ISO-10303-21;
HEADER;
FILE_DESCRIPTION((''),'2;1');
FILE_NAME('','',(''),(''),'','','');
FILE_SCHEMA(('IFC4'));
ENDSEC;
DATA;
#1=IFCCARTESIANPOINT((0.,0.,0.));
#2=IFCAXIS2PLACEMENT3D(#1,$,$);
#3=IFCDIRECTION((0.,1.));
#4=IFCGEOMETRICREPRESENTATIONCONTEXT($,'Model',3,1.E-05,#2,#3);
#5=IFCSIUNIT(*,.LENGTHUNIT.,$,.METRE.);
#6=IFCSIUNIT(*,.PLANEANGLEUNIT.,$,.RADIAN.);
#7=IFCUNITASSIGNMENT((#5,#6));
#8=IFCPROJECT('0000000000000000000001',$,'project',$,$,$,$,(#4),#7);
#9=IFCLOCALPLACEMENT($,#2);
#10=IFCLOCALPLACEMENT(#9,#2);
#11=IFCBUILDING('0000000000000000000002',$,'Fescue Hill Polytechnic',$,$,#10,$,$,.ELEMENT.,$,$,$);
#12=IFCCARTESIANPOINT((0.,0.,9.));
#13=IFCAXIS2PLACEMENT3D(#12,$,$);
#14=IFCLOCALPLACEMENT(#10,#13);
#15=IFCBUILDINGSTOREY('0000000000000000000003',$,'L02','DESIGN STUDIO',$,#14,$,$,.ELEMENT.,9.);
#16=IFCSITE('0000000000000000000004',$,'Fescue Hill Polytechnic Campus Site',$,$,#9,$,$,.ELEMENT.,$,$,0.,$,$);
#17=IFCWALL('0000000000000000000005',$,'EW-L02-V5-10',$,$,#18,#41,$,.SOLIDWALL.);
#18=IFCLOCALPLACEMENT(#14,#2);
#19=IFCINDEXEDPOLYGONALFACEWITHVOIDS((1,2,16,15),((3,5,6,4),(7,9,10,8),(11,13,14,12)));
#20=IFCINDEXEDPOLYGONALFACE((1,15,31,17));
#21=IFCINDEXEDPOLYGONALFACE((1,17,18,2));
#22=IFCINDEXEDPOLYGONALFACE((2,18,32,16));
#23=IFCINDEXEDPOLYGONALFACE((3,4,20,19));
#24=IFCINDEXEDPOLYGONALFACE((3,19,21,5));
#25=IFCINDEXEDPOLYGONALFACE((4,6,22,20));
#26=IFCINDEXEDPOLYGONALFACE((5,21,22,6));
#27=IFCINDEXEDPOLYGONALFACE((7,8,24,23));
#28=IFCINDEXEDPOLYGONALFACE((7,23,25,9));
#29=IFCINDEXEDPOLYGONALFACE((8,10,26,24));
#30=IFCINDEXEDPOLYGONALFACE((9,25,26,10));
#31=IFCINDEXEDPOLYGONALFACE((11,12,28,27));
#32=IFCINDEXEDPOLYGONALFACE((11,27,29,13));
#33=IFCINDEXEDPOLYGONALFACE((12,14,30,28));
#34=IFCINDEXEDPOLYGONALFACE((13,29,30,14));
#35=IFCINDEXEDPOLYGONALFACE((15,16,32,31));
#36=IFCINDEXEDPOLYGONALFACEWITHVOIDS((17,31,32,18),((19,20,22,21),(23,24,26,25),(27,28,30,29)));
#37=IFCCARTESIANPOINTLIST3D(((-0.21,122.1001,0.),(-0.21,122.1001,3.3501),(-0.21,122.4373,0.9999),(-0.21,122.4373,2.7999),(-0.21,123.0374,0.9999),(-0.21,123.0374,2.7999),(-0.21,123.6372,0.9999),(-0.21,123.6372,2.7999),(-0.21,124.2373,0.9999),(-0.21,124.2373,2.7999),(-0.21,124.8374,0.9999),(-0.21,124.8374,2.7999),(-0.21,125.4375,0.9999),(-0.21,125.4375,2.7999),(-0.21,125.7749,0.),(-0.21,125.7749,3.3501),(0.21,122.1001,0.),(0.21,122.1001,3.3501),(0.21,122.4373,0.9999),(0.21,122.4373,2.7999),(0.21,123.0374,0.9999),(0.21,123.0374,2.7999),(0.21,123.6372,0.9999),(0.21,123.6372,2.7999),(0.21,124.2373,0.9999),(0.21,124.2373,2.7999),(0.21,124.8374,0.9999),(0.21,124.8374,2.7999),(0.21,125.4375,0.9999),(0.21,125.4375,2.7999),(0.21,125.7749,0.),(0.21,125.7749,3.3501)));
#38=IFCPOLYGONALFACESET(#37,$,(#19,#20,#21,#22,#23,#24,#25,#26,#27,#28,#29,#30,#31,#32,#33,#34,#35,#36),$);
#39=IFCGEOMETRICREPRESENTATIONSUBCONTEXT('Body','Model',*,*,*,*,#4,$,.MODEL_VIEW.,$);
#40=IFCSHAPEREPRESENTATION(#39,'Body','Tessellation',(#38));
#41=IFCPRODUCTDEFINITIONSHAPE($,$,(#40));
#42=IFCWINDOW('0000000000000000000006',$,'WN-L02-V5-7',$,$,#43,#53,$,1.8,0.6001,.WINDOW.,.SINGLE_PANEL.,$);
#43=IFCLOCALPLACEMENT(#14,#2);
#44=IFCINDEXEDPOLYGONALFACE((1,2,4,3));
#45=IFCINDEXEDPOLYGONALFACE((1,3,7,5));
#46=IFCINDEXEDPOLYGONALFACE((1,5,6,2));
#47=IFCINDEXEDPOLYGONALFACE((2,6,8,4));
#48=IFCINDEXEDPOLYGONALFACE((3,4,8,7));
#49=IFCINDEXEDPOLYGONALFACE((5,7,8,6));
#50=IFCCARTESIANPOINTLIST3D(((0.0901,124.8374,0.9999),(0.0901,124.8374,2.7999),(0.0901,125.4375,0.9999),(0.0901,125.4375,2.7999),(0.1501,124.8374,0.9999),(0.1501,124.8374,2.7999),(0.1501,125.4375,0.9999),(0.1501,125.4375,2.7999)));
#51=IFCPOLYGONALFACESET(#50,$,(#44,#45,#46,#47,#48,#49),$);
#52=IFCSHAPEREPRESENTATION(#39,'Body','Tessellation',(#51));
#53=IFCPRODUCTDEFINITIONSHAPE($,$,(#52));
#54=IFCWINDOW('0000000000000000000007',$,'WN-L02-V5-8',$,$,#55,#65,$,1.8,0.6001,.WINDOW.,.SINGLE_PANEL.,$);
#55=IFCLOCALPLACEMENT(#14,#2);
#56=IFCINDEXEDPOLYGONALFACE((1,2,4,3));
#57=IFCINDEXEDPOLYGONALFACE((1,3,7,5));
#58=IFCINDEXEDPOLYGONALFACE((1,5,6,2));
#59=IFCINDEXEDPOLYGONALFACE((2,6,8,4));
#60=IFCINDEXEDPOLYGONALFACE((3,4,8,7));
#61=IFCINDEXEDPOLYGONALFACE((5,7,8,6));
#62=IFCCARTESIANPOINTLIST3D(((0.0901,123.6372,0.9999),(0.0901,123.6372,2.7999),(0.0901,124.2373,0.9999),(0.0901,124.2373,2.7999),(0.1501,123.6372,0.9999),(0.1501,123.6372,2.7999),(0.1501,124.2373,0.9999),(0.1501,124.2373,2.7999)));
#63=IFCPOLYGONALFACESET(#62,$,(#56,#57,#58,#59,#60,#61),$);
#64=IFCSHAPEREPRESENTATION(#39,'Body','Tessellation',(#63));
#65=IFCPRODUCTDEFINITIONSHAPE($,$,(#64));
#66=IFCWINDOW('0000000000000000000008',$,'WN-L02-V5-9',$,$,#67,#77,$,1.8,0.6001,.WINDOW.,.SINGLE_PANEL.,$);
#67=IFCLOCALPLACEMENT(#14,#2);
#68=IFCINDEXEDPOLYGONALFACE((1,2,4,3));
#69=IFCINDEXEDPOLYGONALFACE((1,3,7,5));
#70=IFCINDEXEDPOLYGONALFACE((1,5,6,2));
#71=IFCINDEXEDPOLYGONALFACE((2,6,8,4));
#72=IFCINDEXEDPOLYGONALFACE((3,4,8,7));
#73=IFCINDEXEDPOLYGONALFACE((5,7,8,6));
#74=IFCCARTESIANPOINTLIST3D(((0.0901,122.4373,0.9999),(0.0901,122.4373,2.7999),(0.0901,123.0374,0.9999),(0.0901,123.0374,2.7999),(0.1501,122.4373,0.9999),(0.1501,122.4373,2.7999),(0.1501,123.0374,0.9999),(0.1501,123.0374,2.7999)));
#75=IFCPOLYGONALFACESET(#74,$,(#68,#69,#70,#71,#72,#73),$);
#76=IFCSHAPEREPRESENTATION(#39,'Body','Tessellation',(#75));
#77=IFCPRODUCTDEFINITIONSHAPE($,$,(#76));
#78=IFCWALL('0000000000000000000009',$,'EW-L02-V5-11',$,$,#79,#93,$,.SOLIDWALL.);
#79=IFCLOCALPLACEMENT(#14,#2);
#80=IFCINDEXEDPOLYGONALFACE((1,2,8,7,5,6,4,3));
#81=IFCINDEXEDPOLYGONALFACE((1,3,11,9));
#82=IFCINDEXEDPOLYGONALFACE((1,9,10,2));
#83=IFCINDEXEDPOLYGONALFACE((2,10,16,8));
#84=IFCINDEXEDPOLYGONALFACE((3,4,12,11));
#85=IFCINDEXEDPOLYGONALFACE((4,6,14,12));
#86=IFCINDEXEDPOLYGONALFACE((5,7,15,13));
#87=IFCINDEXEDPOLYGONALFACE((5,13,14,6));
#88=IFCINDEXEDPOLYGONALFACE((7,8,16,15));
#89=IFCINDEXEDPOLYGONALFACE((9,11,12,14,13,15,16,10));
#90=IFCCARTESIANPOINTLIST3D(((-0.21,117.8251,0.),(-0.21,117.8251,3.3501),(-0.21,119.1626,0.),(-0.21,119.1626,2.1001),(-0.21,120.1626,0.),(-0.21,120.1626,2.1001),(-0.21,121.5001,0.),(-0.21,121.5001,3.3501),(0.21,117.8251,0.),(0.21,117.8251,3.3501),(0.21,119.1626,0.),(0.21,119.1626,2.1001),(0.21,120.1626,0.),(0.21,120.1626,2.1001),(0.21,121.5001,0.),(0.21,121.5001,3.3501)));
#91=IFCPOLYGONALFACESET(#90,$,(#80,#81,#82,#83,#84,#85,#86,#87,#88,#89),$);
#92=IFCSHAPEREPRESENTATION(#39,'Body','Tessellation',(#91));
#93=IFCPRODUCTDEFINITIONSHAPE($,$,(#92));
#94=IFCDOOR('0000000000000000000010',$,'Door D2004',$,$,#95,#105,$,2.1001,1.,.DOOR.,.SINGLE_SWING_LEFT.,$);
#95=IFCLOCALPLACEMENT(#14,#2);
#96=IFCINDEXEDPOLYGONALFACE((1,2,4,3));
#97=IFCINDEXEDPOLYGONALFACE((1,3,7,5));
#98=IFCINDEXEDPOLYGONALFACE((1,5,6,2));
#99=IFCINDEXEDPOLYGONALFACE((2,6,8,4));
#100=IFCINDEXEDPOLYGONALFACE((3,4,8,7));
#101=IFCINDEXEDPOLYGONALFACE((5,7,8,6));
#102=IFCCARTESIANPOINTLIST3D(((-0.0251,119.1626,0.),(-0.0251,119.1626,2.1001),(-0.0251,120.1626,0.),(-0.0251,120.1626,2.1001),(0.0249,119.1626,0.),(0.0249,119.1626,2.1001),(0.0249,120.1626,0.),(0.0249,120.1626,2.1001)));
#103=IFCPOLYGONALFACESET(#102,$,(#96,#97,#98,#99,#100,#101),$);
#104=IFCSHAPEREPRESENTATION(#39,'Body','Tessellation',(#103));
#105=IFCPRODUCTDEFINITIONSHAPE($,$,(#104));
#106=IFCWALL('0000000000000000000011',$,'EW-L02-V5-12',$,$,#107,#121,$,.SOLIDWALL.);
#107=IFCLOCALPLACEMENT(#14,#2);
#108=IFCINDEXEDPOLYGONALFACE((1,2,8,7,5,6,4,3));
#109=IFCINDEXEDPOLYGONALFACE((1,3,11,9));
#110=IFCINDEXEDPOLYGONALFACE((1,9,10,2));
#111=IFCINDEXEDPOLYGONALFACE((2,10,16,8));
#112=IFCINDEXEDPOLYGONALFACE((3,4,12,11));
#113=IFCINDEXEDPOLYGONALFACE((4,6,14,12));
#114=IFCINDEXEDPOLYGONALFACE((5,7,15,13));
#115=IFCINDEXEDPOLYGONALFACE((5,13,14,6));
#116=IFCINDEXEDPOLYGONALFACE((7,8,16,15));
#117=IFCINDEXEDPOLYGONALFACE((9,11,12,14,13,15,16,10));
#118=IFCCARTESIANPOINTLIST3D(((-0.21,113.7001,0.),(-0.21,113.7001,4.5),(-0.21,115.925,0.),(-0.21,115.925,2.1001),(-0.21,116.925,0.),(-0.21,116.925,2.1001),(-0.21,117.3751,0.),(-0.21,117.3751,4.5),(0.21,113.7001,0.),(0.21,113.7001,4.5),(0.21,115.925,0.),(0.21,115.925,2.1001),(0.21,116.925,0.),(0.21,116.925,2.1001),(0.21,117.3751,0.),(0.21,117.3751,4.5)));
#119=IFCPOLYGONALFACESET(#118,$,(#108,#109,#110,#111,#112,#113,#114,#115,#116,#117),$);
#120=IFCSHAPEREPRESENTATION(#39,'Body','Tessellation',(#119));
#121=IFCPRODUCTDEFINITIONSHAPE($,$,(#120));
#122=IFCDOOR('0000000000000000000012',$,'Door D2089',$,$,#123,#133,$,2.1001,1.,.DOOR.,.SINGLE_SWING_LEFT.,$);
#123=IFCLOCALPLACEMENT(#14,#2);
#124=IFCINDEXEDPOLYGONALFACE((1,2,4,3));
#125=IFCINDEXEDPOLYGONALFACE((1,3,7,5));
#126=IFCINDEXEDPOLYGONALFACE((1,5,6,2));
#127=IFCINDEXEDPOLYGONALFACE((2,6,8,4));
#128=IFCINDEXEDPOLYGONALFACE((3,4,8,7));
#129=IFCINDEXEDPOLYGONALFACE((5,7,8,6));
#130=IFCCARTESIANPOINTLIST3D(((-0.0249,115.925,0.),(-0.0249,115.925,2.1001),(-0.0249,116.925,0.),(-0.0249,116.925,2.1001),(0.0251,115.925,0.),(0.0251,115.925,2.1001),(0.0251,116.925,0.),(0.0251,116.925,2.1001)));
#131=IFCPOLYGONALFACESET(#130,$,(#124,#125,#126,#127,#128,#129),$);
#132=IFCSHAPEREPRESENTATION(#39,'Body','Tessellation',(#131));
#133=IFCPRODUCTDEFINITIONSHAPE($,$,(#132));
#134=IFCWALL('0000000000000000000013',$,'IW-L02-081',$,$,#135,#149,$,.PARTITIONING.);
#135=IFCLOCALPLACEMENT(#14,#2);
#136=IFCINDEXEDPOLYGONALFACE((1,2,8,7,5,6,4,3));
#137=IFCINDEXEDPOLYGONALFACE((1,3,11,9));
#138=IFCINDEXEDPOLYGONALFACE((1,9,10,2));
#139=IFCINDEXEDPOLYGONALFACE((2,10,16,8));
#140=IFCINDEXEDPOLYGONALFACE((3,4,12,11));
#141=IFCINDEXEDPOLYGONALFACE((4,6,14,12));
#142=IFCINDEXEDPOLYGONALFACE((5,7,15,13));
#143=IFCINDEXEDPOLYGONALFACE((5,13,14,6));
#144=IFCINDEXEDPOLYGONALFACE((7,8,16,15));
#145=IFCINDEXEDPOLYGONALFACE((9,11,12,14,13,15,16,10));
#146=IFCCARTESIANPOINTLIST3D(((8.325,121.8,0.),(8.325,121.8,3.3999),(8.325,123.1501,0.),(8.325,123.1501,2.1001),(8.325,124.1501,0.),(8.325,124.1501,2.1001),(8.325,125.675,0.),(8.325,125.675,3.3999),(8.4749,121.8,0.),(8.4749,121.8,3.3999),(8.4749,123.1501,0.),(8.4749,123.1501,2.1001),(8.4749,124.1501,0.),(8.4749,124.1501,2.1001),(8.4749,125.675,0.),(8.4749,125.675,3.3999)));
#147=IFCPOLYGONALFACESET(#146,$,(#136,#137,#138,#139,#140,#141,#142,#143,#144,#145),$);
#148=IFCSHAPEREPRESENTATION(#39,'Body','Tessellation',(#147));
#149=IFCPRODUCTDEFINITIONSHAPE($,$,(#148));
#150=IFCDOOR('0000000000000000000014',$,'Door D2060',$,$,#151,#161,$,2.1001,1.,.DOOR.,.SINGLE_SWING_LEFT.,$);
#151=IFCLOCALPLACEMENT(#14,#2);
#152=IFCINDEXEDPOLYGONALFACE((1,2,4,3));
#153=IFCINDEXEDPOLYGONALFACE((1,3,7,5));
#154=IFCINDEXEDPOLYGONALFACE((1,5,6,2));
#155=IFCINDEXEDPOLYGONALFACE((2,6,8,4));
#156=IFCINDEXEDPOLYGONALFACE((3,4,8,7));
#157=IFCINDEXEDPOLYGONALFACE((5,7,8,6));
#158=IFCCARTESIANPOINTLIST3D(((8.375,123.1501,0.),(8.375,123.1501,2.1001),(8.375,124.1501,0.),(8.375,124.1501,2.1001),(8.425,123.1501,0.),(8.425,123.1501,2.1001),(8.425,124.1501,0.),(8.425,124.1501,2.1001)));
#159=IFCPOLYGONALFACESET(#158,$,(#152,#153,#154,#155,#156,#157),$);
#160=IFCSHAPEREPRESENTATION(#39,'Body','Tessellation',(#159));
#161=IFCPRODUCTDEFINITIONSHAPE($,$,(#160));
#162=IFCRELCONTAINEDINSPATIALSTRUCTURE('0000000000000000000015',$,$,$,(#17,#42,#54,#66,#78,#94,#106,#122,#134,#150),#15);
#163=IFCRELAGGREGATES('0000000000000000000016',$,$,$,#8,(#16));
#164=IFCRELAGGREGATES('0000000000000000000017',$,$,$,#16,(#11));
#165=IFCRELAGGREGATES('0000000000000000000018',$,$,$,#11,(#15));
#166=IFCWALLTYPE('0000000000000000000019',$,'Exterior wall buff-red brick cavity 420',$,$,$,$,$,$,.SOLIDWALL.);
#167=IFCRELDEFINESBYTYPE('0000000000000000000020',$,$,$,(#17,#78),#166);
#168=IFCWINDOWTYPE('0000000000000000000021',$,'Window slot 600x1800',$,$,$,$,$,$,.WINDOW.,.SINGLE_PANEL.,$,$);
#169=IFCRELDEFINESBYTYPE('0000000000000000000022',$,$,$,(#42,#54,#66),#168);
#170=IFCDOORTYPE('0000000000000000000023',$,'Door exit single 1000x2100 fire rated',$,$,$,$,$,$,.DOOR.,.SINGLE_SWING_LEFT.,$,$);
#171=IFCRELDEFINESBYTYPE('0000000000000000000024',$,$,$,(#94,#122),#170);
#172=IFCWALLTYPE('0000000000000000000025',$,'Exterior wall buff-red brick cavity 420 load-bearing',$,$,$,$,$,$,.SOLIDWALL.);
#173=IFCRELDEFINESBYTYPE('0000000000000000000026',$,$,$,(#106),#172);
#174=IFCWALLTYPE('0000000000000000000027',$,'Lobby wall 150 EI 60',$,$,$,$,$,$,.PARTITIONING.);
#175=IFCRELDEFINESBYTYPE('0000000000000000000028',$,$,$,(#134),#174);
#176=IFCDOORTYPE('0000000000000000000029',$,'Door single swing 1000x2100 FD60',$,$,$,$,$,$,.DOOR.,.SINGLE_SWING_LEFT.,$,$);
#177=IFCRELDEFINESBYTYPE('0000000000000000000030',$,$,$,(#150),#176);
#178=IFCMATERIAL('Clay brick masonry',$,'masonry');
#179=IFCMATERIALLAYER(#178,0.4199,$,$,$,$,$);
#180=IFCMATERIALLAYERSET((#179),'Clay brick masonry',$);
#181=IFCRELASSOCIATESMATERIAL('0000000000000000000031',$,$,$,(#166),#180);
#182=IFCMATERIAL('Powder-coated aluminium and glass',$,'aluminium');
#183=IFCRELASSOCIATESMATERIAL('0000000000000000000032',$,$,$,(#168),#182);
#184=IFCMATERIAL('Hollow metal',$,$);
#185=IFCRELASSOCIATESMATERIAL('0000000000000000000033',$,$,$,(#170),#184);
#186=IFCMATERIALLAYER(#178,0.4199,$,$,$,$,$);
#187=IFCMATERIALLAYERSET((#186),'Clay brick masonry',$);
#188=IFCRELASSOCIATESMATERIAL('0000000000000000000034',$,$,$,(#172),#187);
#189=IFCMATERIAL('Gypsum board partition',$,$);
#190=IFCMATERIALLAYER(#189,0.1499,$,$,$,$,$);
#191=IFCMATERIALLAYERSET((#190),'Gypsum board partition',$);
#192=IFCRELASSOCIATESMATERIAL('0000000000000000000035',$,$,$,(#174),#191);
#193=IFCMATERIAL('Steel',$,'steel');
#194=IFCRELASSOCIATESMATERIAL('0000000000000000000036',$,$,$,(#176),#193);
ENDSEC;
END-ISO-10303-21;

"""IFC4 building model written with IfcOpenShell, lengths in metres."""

from ifc_helpers import new_model, si_unit, direction, frame, frame_2d, origin, place, context, subcontext, project, spatial, rectangle, extrude, material, layer, layer_set, type_object, element, fill, save


model = new_model("IFC4")

# Units and contexts
model_context = context("Model", 3, precision=1e-05, world=origin(), true_north=direction((0.0, 1.0)))
body_context = subcontext(model_context, "Body", "Model", "MODEL_VIEW")
ifc_project = project(units=[si_unit("LENGTHUNIT", "METRE"), si_unit("PLANEANGLEUNIT", "RADIAN")], contexts=[model_context])

# Site, building, storey
site_placement = place(None, origin())
site = spatial("IfcSite", under=ifc_project, at=site_placement, Name="Fescue Hill Polytechnic Campus Site", CompositionType="ELEMENT", RefElevation=0.0)
building_placement = place(site_placement, origin())
building = spatial("IfcBuilding", under=site, at=building_placement, Name="Fescue Hill Polytechnic", CompositionType="ELEMENT")
storey_placement = place(building_placement, frame((0.0, 0.0, 9.0)))
storey = spatial("IfcBuildingStorey", under=building, at=storey_placement, Name="L02", Description="DESIGN STUDIO", CompositionType="ELEMENT", Elevation=9.0)

# Shared definitions
ifc_material_1 = material(Name="Clay brick masonry", Category="masonry")

# Shared definitions
ifc_material_2 = material(Name="Gypsum board partition")

# Wall, openings, windows
ifc_layer_1 = layer(ifc_material_1, 0.4199)
ifc_layer_set_1 = layer_set([ifc_layer_1], Name="Clay brick masonry")
wall_type_1 = type_object("IfcWallType", Name="Exterior wall buff-red brick cavity 420", PredefinedType="SOLIDWALL", material=ifc_layer_set_1)
wall_1_placement = place(storey_placement, frame((0.0, 125.7749, 0.0), z_axis=(0.0, 0.0, 1.0), x_axis=(0.0, -1.0, 0.0)))
wall_1 = element("IfcWall", 1, at=wall_1_placement, inside=storey, type_object=wall_type_1, Name="EW-L02-V5-10", PredefinedType="SOLIDWALL", context=body_context, shape_type="SweptSolid", body=[
    extrude(rectangle(XDim=3.6748, YDim=0.4199, at=frame_2d((1.8374, 0.0))), origin(), (0.0, 0.0, 1.0), 3.3501),
])
opening_1_placement = place(wall_1_placement, frame((0.3374, 0.0, 1.0)))
opening_1 = element("IfcOpeningElement", 2, at=opening_1_placement, cuts=wall_1, PredefinedType="OPENING", context=body_context, shape_type="SweptSolid", body=[
    extrude(rectangle(XDim=0.6001, YDim=1.8, at=frame_2d((0.3, 0.8999))), frame((0.0, 0.22, 0.0), z_axis=(0.0, -1.0, 0.0), x_axis=(1.0, 0.0, 0.0)), (0.0, 0.0, 1.0), 0.4399),
])
opening_2_placement = place(wall_1_placement, frame((1.5376, 0.0, 1.0)))
opening_2 = element("IfcOpeningElement", 3, at=opening_2_placement, cuts=wall_1, PredefinedType="OPENING", context=body_context, shape_type="SweptSolid", body=[
    extrude(rectangle(XDim=0.6001, YDim=1.8, at=frame_2d((0.3, 0.8999))), frame((0.0, 0.22, 0.0), z_axis=(0.0, -1.0, 0.0), x_axis=(1.0, 0.0, 0.0)), (0.0, 0.0, 1.0), 0.4399),
])
opening_3_placement = place(wall_1_placement, frame((2.7375, 0.0, 1.0)))
opening_3 = element("IfcOpeningElement", 4, at=opening_3_placement, cuts=wall_1, PredefinedType="OPENING", context=body_context, shape_type="SweptSolid", body=[
    extrude(rectangle(XDim=0.6001, YDim=1.8, at=frame_2d((0.3, 0.8999))), frame((0.0, 0.22, 0.0), z_axis=(0.0, -1.0, 0.0), x_axis=(1.0, 0.0, 0.0)), (0.0, 0.0, 1.0), 0.4399),
])
ifc_material_3 = material(Name="Powder-coated aluminium and glass", Category="aluminium")
window_type = type_object("IfcWindowType", Name="Window slot 600x1800", PartitioningType="SINGLE_PANEL", PredefinedType="WINDOW", material=ifc_material_3)
window_1_placement = place(opening_1_placement, origin())
window_1 = element("IfcWindow", 5, at=window_1_placement, inside=storey, type_object=window_type, Name="WN-L02-V5-7", OverallHeight=1.8, OverallWidth=0.6001, PartitioningType="SINGLE_PANEL", PredefinedType="WINDOW", context=body_context, shape_type="SweptSolid", body=[
    extrude(rectangle(XDim=0.6001, YDim=1.8, at=frame_2d((0.3, 0.8999))), frame((0.0, 0.1501, 0.0), z_axis=(0.0, -1.0, 0.0), x_axis=(1.0, 0.0, 0.0)), (0.0, 0.0, 1.0), 0.0601),
])
fill(opening_1, window_1)
window_2_placement = place(opening_2_placement, origin())
window_2 = element("IfcWindow", 6, at=window_2_placement, inside=storey, type_object=window_type, Name="WN-L02-V5-8", OverallHeight=1.8, OverallWidth=0.6001, PartitioningType="SINGLE_PANEL", PredefinedType="WINDOW", context=body_context, shape_type="SweptSolid", body=[
    extrude(rectangle(XDim=0.6001, YDim=1.8, at=frame_2d((0.3, 0.8999))), frame((0.0, 0.1501, 0.0), z_axis=(0.0, -1.0, 0.0), x_axis=(1.0, 0.0, 0.0)), (0.0, 0.0, 1.0), 0.0601),
])
fill(opening_2, window_2)
window_3_placement = place(opening_3_placement, origin())
window_3 = element("IfcWindow", 7, at=window_3_placement, inside=storey, type_object=window_type, Name="WN-L02-V5-9", OverallHeight=1.8, OverallWidth=0.6001, PartitioningType="SINGLE_PANEL", PredefinedType="WINDOW", context=body_context, shape_type="SweptSolid", body=[
    extrude(rectangle(XDim=0.6001, YDim=1.8, at=frame_2d((0.3, 0.8999))), frame((0.0, 0.1501, 0.0), z_axis=(0.0, -1.0, 0.0), x_axis=(1.0, 0.0, 0.0)), (0.0, 0.0, 1.0), 0.0601),
])
fill(opening_3, window_3)

# Walls, openings, doors
wall_2_placement = place(storey_placement, frame((0.0, 121.5, 0.0), z_axis=(0.0, 0.0, 1.0), x_axis=(0.0, -1.0, 0.0)))
wall_2 = element("IfcWall", 8, at=wall_2_placement, inside=storey, type_object=wall_type_1, Name="EW-L02-V5-11", PredefinedType="SOLIDWALL", context=body_context, shape_type="SweptSolid", body=[
    extrude(rectangle(XDim=3.675, YDim=0.4199, at=frame_2d((1.8374, 0.0))), origin(), (0.0, 0.0, 1.0), 3.3501),
])
opening_4_placement = place(wall_2_placement, frame((1.3374, 0.0, 0.0)))
opening_4 = element("IfcOpeningElement", 9, at=opening_4_placement, cuts=wall_2, PredefinedType="OPENING", context=body_context, shape_type="SweptSolid", body=[
    extrude(rectangle(XDim=1.0, YDim=2.1001, at=frame_2d((0.5, 1.05))), frame((0.0, 0.22, 0.0), z_axis=(0.0, -1.0, 0.0), x_axis=(1.0, 0.0, 0.0)), (0.0, 0.0, 1.0), 0.4399),
])
ifc_material_4 = material(Name="Hollow metal")
door_type_1 = type_object("IfcDoorType", Name="Door exit single 1000x2100 fire rated", OperationType="SINGLE_SWING_LEFT", PredefinedType="DOOR", material=ifc_material_4)
door_1_placement = place(opening_4_placement, origin())
door_1 = element("IfcDoor", 10, at=door_1_placement, inside=storey, type_object=door_type_1, Name="Door D2004", OperationType="SINGLE_SWING_LEFT", OverallHeight=2.1001, OverallWidth=1.0, PredefinedType="DOOR", context=body_context, shape_type="SweptSolid", body=[
    extrude(rectangle(XDim=1.0, YDim=2.1001, at=frame_2d((0.5, 1.05))), frame((0.0, 0.0249, 0.0), z_axis=(0.0, -1.0, 0.0), x_axis=(1.0, 0.0, 0.0)), (0.0, 0.0, 1.0), 0.05),
])
fill(opening_4, door_1)
ifc_layer_2 = layer(ifc_material_1, 0.4199)
ifc_layer_set_2 = layer_set([ifc_layer_2], Name="Clay brick masonry")
wall_type_2 = type_object("IfcWallType", Name="Exterior wall buff-red brick cavity 420 load-bearing", PredefinedType="SOLIDWALL", material=ifc_layer_set_2)
wall_3_placement = place(storey_placement, frame((0.0, 117.375, 0.0), z_axis=(0.0, 0.0, 1.0), x_axis=(0.0, -1.0, 0.0)))
wall_3 = element("IfcWall", 11, at=wall_3_placement, inside=storey, type_object=wall_type_2, Name="EW-L02-V5-12", PredefinedType="SOLIDWALL", context=body_context, shape_type="SweptSolid", body=[
    extrude(rectangle(XDim=3.675, YDim=0.4199, at=frame_2d((1.8374, 0.0))), origin(), (0.0, 0.0, 1.0), 4.5),
])
opening_5_placement = place(wall_3_placement, frame((1.45, 0.0, 0.0), z_axis=(0.0, 0.0, 1.0), x_axis=(-1.0, 0.0, 0.0)))
opening_5 = element("IfcOpeningElement", 12, at=opening_5_placement, cuts=wall_3, PredefinedType="OPENING", context=body_context, shape_type="SweptSolid", body=[
    extrude(rectangle(XDim=1.0, YDim=2.1001, at=frame_2d((0.5, 1.05))), frame((0.0, 0.22, 0.0), z_axis=(0.0, -1.0, 0.0), x_axis=(1.0, 0.0, 0.0)), (0.0, 0.0, 1.0), 0.4399),
])
door_2_placement = place(opening_5_placement, origin())
door_2 = element("IfcDoor", 13, at=door_2_placement, inside=storey, type_object=door_type_1, Name="Door D2089", OperationType="SINGLE_SWING_LEFT", OverallHeight=2.1001, OverallWidth=1.0, PredefinedType="DOOR", context=body_context, shape_type="SweptSolid", body=[
    extrude(rectangle(XDim=1.0, YDim=2.1001, at=frame_2d((0.5, 1.05))), frame((0.0, 0.0249, 0.0), z_axis=(0.0, -1.0, 0.0), x_axis=(1.0, 0.0, 0.0)), (0.0, 0.0, 1.0), 0.05),
])
fill(opening_5, door_2)
ifc_layer_3 = layer(ifc_material_2, 0.1499)
ifc_layer_set_3 = layer_set([ifc_layer_3], Name="Gypsum board partition")
wall_type_3 = type_object("IfcWallType", Name="Lobby wall 150 EI 60", PredefinedType="PARTITIONING", material=ifc_layer_set_3)
wall_4_placement = place(storey_placement, frame((8.3999, 121.8, 0.0), z_axis=(0.0, 0.0, 1.0), x_axis=(0.0, 1.0, 0.0)))
wall_4 = element("IfcWall", 14, at=wall_4_placement, inside=storey, type_object=wall_type_3, Name="IW-L02-081", PredefinedType="PARTITIONING", context=body_context, shape_type="SweptSolid", body=[
    extrude(rectangle(XDim=3.875, YDim=0.1499, at=frame_2d((1.9375, 0.0))), origin(), (0.0, 0.0, 1.0), 3.3999),
])
opening_6_placement = place(wall_4_placement, frame((1.3501, 0.0, 0.0)))
opening_6 = element("IfcOpeningElement", 15, at=opening_6_placement, cuts=wall_4, PredefinedType="OPENING", context=body_context, shape_type="SweptSolid", body=[
    extrude(rectangle(XDim=1.0, YDim=2.1001, at=frame_2d((0.5, 1.05))), frame((0.0, 0.085, 0.0), z_axis=(0.0, -1.0, 0.0), x_axis=(1.0, 0.0, 0.0)), (0.0, 0.0, 1.0), 0.1699),
])
ifc_material_5 = material(Name="Steel", Category="steel")
door_type_2 = type_object("IfcDoorType", Name="Door single swing 1000x2100 FD60", OperationType="SINGLE_SWING_LEFT", PredefinedType="DOOR", material=ifc_material_5)
door_3_placement = place(opening_6_placement, origin())
door_3 = element("IfcDoor", 16, at=door_3_placement, inside=storey, type_object=door_type_2, Name="Door D2060", OperationType="SINGLE_SWING_LEFT", OverallHeight=2.1001, OverallWidth=1.0, PredefinedType="DOOR", context=body_context, shape_type="SweptSolid", body=[
    extrude(rectangle(XDim=1.0, YDim=2.1001, at=frame_2d((0.5, 1.05))), frame((0.0, 0.0249, 0.0), z_axis=(0.0, -1.0, 0.0), x_axis=(1.0, 0.0, 0.0)), (0.0, 0.0, 1.0), 0.05),
])
fill(opening_6, door_3)

save(model, "model.ifc")
